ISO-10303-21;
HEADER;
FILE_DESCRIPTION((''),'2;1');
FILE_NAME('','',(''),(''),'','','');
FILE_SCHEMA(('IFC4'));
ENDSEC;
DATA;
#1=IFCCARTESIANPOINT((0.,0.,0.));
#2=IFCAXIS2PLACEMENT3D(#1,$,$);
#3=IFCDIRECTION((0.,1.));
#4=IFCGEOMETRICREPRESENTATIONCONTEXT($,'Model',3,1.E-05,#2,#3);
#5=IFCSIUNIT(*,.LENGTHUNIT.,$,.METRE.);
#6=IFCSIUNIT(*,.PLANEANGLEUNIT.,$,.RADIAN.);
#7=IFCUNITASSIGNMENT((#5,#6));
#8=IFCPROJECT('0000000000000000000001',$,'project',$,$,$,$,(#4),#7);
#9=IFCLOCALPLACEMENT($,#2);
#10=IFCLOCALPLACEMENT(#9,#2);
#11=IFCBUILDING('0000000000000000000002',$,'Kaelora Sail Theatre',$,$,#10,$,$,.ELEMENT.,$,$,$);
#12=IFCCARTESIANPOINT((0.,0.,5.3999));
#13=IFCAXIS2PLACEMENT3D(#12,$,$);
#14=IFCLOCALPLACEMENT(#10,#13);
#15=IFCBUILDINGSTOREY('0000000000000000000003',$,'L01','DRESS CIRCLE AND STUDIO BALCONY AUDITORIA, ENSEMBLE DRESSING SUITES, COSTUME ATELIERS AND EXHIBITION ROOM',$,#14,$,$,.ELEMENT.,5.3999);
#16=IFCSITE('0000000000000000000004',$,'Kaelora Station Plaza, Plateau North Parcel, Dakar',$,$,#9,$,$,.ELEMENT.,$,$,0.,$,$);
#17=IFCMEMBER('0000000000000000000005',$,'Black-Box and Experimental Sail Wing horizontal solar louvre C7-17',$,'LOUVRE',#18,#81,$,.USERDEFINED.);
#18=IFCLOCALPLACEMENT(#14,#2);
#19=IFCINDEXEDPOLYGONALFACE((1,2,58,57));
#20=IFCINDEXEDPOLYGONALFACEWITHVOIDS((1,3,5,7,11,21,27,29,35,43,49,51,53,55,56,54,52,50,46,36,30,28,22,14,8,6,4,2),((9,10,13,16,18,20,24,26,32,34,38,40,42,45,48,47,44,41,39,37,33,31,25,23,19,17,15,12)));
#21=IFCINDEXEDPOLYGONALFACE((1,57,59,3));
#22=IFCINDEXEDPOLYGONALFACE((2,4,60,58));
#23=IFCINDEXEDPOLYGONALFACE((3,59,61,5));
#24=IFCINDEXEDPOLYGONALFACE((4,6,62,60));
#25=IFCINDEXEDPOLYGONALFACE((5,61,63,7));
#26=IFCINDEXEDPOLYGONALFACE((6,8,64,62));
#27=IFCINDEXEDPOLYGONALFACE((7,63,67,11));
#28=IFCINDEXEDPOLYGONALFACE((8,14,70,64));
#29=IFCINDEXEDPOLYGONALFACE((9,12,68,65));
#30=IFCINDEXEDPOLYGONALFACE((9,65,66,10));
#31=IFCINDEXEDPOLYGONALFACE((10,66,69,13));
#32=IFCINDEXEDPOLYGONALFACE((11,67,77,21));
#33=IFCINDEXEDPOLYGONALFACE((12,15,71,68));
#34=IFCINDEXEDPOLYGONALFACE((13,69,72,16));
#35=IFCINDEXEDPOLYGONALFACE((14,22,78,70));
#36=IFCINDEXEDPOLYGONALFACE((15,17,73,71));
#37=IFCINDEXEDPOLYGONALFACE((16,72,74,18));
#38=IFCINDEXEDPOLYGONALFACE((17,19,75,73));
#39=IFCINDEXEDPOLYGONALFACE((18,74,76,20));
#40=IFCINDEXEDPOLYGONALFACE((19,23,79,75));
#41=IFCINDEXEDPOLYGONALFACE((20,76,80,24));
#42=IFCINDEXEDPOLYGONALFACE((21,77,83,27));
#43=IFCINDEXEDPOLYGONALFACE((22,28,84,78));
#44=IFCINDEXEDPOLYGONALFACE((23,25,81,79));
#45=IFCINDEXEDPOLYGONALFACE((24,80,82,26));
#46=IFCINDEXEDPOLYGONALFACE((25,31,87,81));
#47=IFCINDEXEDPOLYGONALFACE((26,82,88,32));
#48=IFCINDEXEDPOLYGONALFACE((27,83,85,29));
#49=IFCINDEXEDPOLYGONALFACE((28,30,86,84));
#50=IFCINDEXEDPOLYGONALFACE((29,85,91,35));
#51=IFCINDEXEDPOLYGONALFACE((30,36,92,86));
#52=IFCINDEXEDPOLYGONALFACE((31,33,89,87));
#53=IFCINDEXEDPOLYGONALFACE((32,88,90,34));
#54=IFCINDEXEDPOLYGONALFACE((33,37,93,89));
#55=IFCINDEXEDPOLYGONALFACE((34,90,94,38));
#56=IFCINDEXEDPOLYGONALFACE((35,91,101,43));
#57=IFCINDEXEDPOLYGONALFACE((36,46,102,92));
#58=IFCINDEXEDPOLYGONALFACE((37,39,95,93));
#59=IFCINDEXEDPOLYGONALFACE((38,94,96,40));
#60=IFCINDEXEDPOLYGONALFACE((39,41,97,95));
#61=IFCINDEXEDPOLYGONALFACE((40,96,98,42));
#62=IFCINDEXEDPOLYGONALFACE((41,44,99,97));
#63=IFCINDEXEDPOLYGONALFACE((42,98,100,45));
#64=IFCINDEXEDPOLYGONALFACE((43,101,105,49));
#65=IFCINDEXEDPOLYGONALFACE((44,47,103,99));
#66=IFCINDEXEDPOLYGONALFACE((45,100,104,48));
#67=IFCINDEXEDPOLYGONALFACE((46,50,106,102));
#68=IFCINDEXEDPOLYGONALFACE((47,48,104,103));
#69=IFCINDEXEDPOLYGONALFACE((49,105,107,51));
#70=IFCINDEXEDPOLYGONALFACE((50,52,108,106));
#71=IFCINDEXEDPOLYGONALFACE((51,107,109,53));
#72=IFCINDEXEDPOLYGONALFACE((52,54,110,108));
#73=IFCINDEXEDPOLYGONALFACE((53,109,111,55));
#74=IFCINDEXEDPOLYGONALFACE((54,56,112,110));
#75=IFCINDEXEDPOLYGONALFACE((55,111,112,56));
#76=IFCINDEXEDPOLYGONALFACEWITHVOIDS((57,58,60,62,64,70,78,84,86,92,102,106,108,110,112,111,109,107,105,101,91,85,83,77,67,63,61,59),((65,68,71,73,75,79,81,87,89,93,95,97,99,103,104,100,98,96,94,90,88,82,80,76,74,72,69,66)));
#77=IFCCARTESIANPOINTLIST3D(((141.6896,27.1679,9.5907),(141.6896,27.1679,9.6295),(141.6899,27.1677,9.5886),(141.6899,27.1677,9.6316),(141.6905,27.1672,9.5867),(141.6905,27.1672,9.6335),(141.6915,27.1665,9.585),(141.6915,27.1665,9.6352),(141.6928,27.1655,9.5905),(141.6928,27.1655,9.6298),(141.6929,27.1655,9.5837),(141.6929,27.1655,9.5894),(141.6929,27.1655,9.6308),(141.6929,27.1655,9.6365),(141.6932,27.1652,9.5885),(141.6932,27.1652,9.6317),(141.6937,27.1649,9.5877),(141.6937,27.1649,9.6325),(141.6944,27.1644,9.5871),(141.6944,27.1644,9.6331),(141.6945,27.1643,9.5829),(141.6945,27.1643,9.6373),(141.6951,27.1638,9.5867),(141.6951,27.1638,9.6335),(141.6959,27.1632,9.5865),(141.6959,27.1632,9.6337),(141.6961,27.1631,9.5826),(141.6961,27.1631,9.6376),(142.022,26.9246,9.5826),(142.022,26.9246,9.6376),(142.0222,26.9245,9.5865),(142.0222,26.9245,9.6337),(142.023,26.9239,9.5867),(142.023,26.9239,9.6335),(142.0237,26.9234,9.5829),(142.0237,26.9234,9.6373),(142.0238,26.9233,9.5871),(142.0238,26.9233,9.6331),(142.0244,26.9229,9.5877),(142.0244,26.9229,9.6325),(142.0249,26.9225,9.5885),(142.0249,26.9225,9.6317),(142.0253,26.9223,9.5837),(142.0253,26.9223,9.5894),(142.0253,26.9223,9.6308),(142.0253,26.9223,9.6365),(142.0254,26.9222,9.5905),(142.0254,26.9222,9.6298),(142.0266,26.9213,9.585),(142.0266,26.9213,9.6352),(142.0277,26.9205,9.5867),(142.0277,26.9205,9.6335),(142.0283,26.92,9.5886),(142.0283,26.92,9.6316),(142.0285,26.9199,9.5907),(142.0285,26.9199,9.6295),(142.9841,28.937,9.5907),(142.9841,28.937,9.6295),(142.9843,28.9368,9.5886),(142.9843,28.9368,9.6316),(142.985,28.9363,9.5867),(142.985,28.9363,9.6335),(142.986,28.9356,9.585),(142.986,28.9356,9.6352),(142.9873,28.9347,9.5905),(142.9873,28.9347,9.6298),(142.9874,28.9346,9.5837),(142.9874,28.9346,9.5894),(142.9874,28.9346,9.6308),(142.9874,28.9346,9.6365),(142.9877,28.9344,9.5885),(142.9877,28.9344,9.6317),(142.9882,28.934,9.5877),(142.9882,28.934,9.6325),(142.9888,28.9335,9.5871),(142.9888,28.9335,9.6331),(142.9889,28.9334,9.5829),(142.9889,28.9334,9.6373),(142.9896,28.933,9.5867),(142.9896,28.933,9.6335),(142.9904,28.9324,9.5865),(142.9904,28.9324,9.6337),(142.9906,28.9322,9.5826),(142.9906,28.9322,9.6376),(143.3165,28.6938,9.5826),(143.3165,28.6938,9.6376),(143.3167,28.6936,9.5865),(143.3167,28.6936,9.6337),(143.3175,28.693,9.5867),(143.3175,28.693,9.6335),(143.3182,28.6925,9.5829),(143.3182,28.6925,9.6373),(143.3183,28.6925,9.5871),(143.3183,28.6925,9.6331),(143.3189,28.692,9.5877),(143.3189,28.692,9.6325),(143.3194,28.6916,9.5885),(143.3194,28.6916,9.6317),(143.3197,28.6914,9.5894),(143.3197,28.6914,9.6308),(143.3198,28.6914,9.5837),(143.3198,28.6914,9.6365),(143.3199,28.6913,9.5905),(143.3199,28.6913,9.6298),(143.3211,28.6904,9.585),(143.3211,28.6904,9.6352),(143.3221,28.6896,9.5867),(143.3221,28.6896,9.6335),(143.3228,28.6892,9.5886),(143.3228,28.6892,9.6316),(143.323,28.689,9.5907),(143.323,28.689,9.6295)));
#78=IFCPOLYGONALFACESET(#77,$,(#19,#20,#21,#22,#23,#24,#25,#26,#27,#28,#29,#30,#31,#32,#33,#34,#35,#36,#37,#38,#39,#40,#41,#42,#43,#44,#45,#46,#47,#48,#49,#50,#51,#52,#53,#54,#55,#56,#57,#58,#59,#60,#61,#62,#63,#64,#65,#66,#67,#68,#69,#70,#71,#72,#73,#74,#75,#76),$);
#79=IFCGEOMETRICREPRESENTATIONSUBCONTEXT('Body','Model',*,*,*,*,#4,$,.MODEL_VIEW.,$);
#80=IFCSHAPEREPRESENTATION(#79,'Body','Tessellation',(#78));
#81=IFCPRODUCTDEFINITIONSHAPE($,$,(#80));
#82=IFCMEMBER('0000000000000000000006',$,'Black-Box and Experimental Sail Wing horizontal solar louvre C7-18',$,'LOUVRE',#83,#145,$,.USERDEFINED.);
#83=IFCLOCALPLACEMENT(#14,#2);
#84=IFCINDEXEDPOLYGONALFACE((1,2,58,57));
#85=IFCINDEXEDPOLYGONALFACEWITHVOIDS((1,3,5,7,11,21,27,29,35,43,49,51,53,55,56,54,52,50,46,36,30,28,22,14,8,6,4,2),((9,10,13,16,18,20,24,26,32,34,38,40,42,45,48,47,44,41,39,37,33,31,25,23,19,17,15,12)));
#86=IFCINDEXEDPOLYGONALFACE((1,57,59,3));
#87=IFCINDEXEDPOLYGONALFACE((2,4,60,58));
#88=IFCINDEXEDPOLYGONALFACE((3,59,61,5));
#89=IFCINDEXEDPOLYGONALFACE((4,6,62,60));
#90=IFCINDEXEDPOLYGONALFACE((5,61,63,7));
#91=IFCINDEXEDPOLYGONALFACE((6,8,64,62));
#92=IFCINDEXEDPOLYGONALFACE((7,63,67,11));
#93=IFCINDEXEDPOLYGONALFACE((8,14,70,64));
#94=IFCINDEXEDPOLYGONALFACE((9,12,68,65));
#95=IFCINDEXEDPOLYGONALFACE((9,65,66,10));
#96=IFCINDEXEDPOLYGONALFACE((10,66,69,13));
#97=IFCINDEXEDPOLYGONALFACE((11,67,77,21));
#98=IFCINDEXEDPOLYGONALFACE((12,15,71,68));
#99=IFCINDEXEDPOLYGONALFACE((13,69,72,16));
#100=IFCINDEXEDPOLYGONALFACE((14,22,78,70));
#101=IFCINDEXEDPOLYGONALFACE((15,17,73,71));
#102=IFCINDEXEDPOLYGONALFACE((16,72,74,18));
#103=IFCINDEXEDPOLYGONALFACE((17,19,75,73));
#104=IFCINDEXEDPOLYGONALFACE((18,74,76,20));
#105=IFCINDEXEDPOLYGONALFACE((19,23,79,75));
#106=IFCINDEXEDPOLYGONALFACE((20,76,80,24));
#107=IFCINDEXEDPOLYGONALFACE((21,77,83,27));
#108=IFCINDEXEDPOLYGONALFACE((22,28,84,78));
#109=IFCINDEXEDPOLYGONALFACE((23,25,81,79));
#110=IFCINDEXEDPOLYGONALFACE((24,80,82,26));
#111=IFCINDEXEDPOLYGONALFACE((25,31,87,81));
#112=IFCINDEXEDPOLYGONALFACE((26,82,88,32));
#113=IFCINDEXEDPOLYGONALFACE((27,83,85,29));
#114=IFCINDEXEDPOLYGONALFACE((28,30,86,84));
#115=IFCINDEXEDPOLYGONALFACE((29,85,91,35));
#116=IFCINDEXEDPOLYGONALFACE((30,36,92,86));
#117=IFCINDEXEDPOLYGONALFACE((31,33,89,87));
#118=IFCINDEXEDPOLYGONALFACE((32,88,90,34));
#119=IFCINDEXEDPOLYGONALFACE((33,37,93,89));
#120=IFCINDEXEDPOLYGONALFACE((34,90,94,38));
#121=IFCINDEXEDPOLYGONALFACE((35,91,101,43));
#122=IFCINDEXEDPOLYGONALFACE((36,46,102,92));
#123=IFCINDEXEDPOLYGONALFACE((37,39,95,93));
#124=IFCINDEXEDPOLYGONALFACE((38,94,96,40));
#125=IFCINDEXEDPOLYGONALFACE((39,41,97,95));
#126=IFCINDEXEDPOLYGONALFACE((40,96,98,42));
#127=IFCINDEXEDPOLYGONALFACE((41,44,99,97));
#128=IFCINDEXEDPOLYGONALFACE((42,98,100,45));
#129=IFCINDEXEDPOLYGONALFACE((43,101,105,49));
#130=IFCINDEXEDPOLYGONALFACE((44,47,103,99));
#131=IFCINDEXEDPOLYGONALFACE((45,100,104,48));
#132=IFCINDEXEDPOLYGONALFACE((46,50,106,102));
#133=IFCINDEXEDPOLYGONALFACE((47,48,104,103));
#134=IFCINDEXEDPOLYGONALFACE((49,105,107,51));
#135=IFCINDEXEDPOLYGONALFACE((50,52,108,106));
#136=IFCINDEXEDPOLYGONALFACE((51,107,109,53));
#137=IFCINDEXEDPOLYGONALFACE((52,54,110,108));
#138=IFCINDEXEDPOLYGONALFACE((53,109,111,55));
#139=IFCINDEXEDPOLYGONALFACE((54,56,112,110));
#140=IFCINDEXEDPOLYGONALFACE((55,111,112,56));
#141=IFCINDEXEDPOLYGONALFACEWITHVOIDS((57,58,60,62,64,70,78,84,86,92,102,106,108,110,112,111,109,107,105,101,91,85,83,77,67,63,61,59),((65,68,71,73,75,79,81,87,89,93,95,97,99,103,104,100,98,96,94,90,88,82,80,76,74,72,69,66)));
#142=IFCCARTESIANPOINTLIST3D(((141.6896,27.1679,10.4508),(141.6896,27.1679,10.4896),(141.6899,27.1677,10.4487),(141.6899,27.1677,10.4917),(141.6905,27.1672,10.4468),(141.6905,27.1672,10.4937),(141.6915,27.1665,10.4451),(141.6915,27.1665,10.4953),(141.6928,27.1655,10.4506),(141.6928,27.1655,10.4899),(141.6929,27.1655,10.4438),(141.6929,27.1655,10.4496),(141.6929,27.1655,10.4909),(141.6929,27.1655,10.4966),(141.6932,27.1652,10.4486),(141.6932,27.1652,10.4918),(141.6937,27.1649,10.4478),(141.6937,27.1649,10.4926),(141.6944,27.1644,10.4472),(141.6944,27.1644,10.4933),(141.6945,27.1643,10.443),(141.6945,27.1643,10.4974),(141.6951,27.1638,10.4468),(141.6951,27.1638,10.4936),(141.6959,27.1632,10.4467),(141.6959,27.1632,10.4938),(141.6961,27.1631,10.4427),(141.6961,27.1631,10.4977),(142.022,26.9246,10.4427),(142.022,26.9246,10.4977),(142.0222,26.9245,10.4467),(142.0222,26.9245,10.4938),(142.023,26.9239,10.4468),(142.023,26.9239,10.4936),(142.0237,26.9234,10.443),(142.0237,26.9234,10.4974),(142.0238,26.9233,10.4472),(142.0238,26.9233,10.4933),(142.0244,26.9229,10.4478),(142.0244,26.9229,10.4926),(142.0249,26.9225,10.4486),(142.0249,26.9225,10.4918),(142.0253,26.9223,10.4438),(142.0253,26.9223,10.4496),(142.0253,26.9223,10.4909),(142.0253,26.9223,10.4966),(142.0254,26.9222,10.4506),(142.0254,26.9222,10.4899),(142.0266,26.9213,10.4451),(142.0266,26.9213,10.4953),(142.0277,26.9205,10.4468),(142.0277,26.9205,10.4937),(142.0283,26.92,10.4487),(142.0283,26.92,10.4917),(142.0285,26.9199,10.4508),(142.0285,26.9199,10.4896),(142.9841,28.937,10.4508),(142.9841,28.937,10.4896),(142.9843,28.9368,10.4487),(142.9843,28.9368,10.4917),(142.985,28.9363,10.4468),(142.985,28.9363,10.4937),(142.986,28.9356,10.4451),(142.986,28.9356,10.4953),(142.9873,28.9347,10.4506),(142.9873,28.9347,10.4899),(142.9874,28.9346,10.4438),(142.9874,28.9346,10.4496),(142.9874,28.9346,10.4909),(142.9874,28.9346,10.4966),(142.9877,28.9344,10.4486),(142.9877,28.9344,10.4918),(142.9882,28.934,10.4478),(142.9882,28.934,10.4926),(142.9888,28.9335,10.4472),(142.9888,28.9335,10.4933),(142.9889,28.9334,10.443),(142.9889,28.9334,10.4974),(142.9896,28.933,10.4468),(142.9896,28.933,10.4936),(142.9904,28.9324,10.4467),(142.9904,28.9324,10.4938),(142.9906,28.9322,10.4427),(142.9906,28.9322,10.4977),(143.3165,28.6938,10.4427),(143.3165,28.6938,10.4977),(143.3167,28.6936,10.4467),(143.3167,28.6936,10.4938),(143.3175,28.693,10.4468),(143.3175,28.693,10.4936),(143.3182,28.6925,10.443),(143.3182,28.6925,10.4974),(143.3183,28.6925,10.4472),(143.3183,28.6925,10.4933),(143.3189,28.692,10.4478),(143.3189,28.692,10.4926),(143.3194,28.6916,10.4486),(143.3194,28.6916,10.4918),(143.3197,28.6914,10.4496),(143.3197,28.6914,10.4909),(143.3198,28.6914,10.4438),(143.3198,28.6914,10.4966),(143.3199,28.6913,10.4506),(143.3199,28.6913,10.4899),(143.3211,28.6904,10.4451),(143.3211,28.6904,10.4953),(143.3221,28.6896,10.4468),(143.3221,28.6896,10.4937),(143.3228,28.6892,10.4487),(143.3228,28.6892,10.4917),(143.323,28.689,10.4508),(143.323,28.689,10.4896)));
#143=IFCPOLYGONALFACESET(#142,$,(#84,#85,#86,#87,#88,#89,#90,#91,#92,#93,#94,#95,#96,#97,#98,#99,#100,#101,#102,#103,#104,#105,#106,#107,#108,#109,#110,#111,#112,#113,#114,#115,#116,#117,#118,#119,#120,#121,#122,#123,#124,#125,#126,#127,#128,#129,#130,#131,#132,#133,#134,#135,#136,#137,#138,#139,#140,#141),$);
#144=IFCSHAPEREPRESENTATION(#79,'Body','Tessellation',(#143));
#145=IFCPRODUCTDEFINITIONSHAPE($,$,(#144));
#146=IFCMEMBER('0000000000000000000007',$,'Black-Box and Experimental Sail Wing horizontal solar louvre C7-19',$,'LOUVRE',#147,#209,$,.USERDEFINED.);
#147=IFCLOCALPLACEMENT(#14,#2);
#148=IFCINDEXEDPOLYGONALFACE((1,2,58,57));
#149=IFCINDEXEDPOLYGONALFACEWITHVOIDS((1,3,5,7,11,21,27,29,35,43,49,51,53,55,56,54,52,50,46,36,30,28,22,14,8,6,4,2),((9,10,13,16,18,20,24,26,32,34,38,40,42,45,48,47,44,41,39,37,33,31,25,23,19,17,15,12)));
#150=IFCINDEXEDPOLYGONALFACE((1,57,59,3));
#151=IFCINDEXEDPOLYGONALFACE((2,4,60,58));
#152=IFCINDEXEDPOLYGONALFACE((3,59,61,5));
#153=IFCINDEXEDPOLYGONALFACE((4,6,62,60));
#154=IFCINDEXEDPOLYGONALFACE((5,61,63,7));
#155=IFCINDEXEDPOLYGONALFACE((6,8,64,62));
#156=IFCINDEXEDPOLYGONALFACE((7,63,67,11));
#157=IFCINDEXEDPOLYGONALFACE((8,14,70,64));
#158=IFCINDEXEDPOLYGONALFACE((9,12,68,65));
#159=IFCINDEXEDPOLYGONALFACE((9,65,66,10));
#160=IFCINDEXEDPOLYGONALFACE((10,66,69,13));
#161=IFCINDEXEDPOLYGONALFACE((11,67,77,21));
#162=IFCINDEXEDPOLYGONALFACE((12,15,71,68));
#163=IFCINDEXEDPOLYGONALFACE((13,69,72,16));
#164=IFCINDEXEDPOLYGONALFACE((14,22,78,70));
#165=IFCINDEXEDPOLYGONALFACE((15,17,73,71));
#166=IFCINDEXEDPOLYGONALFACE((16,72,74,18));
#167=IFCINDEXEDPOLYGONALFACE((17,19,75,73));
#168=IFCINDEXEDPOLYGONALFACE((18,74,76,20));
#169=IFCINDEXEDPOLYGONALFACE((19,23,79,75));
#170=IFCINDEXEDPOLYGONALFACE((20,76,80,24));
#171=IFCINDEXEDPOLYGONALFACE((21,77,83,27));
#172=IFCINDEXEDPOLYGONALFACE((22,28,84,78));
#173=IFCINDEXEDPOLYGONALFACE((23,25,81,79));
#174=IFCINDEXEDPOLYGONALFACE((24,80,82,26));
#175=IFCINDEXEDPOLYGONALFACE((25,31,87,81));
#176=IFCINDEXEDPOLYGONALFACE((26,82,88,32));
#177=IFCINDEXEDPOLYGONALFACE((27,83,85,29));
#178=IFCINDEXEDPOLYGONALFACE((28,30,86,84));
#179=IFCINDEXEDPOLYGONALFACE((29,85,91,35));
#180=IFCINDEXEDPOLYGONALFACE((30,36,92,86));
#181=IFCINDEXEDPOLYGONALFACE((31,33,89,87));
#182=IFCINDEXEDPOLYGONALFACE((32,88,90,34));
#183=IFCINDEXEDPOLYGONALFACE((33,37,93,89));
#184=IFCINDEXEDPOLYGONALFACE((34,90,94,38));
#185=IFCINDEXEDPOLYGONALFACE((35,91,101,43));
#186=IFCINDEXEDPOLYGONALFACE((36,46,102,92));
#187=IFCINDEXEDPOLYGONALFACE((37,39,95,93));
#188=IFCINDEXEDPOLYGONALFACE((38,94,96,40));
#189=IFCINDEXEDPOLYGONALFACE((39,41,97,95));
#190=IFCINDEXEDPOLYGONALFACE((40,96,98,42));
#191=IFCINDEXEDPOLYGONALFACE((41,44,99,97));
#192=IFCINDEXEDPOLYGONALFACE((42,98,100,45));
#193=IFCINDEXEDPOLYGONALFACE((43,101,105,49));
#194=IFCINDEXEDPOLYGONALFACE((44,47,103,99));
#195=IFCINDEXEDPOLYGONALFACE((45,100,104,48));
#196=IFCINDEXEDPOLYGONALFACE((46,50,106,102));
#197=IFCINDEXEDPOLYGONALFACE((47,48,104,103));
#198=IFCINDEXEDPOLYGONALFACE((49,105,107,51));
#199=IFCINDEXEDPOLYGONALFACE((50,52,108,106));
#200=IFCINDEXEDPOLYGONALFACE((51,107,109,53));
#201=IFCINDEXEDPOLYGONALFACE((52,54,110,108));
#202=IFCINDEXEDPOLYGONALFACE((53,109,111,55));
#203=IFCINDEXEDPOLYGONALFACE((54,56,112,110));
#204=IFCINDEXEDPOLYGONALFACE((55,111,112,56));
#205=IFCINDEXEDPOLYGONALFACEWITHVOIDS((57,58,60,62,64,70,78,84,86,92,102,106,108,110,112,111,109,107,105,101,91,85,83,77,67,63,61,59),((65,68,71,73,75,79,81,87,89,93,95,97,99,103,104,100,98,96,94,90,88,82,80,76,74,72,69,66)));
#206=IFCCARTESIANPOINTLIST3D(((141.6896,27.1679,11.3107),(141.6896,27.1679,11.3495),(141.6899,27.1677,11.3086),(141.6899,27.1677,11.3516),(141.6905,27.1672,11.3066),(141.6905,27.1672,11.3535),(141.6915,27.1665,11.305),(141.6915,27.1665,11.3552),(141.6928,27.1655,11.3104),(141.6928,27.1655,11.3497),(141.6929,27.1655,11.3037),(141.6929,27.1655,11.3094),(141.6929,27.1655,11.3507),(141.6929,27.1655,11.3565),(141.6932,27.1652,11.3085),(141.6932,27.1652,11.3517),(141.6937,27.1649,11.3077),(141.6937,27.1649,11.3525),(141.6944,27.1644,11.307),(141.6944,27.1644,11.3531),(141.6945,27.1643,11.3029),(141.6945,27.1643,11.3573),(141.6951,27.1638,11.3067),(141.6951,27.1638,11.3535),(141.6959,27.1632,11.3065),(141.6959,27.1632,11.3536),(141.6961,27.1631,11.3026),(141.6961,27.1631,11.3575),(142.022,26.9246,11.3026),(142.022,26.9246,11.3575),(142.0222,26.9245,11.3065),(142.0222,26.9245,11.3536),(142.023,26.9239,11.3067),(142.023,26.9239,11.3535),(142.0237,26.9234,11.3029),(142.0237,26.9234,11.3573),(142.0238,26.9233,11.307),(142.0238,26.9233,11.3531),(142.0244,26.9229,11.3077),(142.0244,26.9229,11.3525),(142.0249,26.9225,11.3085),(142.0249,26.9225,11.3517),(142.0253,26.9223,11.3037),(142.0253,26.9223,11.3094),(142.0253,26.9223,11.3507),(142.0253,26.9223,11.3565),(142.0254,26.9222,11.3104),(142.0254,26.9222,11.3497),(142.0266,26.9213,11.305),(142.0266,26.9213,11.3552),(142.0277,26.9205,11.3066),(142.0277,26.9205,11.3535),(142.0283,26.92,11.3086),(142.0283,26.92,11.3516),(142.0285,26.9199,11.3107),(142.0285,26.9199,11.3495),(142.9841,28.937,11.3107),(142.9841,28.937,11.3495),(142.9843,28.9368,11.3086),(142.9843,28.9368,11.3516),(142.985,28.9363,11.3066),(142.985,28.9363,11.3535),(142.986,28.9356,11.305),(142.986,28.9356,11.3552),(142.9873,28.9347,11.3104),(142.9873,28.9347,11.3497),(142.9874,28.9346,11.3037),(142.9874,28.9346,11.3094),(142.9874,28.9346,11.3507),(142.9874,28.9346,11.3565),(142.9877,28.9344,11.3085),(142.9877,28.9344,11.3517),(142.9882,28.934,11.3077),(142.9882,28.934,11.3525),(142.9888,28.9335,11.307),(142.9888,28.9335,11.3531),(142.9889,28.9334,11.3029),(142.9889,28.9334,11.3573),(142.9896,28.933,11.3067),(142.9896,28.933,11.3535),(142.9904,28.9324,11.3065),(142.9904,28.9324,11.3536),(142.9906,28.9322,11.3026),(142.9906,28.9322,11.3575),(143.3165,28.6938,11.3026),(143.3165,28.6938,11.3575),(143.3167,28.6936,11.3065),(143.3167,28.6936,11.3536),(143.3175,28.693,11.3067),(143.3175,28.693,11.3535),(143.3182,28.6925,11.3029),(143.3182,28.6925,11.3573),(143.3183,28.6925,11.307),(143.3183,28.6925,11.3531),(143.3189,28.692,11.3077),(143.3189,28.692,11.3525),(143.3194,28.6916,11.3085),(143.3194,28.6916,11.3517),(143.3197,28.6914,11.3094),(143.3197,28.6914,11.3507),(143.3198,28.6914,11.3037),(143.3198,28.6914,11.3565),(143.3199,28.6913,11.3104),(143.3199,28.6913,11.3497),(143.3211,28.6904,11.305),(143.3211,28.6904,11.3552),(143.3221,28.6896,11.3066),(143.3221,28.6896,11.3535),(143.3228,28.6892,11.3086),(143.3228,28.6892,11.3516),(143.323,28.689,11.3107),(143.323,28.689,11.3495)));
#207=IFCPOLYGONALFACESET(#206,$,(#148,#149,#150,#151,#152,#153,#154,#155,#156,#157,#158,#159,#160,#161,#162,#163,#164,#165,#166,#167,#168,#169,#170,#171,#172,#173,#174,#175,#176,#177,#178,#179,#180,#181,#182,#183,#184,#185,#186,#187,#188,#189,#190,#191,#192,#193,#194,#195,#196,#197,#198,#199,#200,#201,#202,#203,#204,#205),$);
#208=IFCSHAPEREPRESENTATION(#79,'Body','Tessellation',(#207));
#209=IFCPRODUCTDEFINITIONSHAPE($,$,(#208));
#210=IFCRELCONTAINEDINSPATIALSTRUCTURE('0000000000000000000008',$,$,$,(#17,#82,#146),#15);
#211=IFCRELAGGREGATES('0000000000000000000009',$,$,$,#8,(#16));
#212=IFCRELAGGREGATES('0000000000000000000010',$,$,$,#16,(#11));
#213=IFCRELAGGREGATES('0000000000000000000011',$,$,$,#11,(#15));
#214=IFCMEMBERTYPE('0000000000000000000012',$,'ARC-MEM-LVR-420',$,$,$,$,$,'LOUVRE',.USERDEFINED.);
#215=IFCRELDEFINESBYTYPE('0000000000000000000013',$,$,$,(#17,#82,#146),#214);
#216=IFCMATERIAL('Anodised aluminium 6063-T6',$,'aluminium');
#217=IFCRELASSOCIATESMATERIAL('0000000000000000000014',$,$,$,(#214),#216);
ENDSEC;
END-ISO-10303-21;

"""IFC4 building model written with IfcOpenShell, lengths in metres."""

from ifc_helpers import new_model, si_unit, direction, frame, origin, origin_2d, place, context, subcontext, project, spatial, hollow_rectangle, extrude, material, material_profile, profile_set, type_object, element, save


model = new_model("IFC4")

# Units and contexts
model_context = context("Model", 3, precision=1e-05, world=origin(), true_north=direction((0.0, 1.0)))
body_context = subcontext(model_context, "Body", "Model", "MODEL_VIEW")
ifc_project = project(units=[si_unit("LENGTHUNIT", "METRE"), si_unit("PLANEANGLEUNIT", "RADIAN")], contexts=[model_context])

# Site, building, storey
site_placement = place(None, origin())
site = spatial("IfcSite", under=ifc_project, at=site_placement, Name="Kaelora Station Plaza, Plateau North Parcel, Dakar", CompositionType="ELEMENT", RefElevation=0.0)
building_placement = place(site_placement, origin())
building = spatial("IfcBuilding", under=site, at=building_placement, Name="Kaelora Sail Theatre", CompositionType="ELEMENT")
storey_placement = place(building_placement, frame((0.0, 0.0, 5.3999)))
storey = spatial("IfcBuildingStorey", under=building, at=storey_placement, Name="L01", Description="DRESS CIRCLE AND STUDIO BALCONY AUDITORIA, ENSEMBLE DRESSING SUITES, COSTUME ATELIERS AND EXHIBITION ROOM", CompositionType="ELEMENT", Elevation=5.3999)

# Members
ifc_material_1 = material(Name="Anodised aluminium 6063-T6", Category="aluminium")
ifc_material_profile_1 = material_profile(ifc_material_1, hollow_rectangle(XDim=0.4199, YDim=0.0549, WallThickness=0.0039, InnerFilletRadius=0.0039, OuterFilletRadius=0.0081, at=origin_2d()), Name="LOUVRE 420x55x4")
ifc_profile_set_1 = profile_set([ifc_material_profile_1], Name="Anodised aluminium 6063-T6")
member_type = type_object("IfcMemberType", Name="ARC-MEM-LVR-420", ElementType="LOUVRE", PredefinedType="USERDEFINED", material=ifc_profile_set_1)
for number, where, z_axis, x_axis, name in (
    (1, (143.1536, 28.813, 9.6101), (-0.590514, -0.807028, 0.0), (0.807028, -0.590514, 0.0), "Black-Box and Experimental Sail Wing horizontal solar louvre C7-17"),
    (2, (143.1536, 28.813, 10.4702), (-0.590514, -0.807028, 0.0), (0.807028, -0.590514, 0.0), "Black-Box and Experimental Sail Wing horizontal solar louvre C7-18"),
    (3, (143.1536, 28.813, 11.3301), (-0.590514, -0.807028, 0.0), (0.807028, -0.590514, 0.0), "Black-Box and Experimental Sail Wing horizontal solar louvre C7-19"),
):
    element("IfcMember", number, at=place(storey_placement, frame(where, z_axis=z_axis, x_axis=x_axis)), inside=storey, type_object=member_type, Name=name, ObjectType="LOUVRE", PredefinedType="USERDEFINED", context=body_context, shape_type="SweptSolid", body=[
        extrude(hollow_rectangle(XDim=0.4199, YDim=0.0549, WallThickness=0.0039, InnerFilletRadius=0.0039, OuterFilletRadius=0.0081, at=origin_2d()), origin(), (0.0, 0.0, 1.0), 2.1921),
    ])

save(model, "model.ifc")
